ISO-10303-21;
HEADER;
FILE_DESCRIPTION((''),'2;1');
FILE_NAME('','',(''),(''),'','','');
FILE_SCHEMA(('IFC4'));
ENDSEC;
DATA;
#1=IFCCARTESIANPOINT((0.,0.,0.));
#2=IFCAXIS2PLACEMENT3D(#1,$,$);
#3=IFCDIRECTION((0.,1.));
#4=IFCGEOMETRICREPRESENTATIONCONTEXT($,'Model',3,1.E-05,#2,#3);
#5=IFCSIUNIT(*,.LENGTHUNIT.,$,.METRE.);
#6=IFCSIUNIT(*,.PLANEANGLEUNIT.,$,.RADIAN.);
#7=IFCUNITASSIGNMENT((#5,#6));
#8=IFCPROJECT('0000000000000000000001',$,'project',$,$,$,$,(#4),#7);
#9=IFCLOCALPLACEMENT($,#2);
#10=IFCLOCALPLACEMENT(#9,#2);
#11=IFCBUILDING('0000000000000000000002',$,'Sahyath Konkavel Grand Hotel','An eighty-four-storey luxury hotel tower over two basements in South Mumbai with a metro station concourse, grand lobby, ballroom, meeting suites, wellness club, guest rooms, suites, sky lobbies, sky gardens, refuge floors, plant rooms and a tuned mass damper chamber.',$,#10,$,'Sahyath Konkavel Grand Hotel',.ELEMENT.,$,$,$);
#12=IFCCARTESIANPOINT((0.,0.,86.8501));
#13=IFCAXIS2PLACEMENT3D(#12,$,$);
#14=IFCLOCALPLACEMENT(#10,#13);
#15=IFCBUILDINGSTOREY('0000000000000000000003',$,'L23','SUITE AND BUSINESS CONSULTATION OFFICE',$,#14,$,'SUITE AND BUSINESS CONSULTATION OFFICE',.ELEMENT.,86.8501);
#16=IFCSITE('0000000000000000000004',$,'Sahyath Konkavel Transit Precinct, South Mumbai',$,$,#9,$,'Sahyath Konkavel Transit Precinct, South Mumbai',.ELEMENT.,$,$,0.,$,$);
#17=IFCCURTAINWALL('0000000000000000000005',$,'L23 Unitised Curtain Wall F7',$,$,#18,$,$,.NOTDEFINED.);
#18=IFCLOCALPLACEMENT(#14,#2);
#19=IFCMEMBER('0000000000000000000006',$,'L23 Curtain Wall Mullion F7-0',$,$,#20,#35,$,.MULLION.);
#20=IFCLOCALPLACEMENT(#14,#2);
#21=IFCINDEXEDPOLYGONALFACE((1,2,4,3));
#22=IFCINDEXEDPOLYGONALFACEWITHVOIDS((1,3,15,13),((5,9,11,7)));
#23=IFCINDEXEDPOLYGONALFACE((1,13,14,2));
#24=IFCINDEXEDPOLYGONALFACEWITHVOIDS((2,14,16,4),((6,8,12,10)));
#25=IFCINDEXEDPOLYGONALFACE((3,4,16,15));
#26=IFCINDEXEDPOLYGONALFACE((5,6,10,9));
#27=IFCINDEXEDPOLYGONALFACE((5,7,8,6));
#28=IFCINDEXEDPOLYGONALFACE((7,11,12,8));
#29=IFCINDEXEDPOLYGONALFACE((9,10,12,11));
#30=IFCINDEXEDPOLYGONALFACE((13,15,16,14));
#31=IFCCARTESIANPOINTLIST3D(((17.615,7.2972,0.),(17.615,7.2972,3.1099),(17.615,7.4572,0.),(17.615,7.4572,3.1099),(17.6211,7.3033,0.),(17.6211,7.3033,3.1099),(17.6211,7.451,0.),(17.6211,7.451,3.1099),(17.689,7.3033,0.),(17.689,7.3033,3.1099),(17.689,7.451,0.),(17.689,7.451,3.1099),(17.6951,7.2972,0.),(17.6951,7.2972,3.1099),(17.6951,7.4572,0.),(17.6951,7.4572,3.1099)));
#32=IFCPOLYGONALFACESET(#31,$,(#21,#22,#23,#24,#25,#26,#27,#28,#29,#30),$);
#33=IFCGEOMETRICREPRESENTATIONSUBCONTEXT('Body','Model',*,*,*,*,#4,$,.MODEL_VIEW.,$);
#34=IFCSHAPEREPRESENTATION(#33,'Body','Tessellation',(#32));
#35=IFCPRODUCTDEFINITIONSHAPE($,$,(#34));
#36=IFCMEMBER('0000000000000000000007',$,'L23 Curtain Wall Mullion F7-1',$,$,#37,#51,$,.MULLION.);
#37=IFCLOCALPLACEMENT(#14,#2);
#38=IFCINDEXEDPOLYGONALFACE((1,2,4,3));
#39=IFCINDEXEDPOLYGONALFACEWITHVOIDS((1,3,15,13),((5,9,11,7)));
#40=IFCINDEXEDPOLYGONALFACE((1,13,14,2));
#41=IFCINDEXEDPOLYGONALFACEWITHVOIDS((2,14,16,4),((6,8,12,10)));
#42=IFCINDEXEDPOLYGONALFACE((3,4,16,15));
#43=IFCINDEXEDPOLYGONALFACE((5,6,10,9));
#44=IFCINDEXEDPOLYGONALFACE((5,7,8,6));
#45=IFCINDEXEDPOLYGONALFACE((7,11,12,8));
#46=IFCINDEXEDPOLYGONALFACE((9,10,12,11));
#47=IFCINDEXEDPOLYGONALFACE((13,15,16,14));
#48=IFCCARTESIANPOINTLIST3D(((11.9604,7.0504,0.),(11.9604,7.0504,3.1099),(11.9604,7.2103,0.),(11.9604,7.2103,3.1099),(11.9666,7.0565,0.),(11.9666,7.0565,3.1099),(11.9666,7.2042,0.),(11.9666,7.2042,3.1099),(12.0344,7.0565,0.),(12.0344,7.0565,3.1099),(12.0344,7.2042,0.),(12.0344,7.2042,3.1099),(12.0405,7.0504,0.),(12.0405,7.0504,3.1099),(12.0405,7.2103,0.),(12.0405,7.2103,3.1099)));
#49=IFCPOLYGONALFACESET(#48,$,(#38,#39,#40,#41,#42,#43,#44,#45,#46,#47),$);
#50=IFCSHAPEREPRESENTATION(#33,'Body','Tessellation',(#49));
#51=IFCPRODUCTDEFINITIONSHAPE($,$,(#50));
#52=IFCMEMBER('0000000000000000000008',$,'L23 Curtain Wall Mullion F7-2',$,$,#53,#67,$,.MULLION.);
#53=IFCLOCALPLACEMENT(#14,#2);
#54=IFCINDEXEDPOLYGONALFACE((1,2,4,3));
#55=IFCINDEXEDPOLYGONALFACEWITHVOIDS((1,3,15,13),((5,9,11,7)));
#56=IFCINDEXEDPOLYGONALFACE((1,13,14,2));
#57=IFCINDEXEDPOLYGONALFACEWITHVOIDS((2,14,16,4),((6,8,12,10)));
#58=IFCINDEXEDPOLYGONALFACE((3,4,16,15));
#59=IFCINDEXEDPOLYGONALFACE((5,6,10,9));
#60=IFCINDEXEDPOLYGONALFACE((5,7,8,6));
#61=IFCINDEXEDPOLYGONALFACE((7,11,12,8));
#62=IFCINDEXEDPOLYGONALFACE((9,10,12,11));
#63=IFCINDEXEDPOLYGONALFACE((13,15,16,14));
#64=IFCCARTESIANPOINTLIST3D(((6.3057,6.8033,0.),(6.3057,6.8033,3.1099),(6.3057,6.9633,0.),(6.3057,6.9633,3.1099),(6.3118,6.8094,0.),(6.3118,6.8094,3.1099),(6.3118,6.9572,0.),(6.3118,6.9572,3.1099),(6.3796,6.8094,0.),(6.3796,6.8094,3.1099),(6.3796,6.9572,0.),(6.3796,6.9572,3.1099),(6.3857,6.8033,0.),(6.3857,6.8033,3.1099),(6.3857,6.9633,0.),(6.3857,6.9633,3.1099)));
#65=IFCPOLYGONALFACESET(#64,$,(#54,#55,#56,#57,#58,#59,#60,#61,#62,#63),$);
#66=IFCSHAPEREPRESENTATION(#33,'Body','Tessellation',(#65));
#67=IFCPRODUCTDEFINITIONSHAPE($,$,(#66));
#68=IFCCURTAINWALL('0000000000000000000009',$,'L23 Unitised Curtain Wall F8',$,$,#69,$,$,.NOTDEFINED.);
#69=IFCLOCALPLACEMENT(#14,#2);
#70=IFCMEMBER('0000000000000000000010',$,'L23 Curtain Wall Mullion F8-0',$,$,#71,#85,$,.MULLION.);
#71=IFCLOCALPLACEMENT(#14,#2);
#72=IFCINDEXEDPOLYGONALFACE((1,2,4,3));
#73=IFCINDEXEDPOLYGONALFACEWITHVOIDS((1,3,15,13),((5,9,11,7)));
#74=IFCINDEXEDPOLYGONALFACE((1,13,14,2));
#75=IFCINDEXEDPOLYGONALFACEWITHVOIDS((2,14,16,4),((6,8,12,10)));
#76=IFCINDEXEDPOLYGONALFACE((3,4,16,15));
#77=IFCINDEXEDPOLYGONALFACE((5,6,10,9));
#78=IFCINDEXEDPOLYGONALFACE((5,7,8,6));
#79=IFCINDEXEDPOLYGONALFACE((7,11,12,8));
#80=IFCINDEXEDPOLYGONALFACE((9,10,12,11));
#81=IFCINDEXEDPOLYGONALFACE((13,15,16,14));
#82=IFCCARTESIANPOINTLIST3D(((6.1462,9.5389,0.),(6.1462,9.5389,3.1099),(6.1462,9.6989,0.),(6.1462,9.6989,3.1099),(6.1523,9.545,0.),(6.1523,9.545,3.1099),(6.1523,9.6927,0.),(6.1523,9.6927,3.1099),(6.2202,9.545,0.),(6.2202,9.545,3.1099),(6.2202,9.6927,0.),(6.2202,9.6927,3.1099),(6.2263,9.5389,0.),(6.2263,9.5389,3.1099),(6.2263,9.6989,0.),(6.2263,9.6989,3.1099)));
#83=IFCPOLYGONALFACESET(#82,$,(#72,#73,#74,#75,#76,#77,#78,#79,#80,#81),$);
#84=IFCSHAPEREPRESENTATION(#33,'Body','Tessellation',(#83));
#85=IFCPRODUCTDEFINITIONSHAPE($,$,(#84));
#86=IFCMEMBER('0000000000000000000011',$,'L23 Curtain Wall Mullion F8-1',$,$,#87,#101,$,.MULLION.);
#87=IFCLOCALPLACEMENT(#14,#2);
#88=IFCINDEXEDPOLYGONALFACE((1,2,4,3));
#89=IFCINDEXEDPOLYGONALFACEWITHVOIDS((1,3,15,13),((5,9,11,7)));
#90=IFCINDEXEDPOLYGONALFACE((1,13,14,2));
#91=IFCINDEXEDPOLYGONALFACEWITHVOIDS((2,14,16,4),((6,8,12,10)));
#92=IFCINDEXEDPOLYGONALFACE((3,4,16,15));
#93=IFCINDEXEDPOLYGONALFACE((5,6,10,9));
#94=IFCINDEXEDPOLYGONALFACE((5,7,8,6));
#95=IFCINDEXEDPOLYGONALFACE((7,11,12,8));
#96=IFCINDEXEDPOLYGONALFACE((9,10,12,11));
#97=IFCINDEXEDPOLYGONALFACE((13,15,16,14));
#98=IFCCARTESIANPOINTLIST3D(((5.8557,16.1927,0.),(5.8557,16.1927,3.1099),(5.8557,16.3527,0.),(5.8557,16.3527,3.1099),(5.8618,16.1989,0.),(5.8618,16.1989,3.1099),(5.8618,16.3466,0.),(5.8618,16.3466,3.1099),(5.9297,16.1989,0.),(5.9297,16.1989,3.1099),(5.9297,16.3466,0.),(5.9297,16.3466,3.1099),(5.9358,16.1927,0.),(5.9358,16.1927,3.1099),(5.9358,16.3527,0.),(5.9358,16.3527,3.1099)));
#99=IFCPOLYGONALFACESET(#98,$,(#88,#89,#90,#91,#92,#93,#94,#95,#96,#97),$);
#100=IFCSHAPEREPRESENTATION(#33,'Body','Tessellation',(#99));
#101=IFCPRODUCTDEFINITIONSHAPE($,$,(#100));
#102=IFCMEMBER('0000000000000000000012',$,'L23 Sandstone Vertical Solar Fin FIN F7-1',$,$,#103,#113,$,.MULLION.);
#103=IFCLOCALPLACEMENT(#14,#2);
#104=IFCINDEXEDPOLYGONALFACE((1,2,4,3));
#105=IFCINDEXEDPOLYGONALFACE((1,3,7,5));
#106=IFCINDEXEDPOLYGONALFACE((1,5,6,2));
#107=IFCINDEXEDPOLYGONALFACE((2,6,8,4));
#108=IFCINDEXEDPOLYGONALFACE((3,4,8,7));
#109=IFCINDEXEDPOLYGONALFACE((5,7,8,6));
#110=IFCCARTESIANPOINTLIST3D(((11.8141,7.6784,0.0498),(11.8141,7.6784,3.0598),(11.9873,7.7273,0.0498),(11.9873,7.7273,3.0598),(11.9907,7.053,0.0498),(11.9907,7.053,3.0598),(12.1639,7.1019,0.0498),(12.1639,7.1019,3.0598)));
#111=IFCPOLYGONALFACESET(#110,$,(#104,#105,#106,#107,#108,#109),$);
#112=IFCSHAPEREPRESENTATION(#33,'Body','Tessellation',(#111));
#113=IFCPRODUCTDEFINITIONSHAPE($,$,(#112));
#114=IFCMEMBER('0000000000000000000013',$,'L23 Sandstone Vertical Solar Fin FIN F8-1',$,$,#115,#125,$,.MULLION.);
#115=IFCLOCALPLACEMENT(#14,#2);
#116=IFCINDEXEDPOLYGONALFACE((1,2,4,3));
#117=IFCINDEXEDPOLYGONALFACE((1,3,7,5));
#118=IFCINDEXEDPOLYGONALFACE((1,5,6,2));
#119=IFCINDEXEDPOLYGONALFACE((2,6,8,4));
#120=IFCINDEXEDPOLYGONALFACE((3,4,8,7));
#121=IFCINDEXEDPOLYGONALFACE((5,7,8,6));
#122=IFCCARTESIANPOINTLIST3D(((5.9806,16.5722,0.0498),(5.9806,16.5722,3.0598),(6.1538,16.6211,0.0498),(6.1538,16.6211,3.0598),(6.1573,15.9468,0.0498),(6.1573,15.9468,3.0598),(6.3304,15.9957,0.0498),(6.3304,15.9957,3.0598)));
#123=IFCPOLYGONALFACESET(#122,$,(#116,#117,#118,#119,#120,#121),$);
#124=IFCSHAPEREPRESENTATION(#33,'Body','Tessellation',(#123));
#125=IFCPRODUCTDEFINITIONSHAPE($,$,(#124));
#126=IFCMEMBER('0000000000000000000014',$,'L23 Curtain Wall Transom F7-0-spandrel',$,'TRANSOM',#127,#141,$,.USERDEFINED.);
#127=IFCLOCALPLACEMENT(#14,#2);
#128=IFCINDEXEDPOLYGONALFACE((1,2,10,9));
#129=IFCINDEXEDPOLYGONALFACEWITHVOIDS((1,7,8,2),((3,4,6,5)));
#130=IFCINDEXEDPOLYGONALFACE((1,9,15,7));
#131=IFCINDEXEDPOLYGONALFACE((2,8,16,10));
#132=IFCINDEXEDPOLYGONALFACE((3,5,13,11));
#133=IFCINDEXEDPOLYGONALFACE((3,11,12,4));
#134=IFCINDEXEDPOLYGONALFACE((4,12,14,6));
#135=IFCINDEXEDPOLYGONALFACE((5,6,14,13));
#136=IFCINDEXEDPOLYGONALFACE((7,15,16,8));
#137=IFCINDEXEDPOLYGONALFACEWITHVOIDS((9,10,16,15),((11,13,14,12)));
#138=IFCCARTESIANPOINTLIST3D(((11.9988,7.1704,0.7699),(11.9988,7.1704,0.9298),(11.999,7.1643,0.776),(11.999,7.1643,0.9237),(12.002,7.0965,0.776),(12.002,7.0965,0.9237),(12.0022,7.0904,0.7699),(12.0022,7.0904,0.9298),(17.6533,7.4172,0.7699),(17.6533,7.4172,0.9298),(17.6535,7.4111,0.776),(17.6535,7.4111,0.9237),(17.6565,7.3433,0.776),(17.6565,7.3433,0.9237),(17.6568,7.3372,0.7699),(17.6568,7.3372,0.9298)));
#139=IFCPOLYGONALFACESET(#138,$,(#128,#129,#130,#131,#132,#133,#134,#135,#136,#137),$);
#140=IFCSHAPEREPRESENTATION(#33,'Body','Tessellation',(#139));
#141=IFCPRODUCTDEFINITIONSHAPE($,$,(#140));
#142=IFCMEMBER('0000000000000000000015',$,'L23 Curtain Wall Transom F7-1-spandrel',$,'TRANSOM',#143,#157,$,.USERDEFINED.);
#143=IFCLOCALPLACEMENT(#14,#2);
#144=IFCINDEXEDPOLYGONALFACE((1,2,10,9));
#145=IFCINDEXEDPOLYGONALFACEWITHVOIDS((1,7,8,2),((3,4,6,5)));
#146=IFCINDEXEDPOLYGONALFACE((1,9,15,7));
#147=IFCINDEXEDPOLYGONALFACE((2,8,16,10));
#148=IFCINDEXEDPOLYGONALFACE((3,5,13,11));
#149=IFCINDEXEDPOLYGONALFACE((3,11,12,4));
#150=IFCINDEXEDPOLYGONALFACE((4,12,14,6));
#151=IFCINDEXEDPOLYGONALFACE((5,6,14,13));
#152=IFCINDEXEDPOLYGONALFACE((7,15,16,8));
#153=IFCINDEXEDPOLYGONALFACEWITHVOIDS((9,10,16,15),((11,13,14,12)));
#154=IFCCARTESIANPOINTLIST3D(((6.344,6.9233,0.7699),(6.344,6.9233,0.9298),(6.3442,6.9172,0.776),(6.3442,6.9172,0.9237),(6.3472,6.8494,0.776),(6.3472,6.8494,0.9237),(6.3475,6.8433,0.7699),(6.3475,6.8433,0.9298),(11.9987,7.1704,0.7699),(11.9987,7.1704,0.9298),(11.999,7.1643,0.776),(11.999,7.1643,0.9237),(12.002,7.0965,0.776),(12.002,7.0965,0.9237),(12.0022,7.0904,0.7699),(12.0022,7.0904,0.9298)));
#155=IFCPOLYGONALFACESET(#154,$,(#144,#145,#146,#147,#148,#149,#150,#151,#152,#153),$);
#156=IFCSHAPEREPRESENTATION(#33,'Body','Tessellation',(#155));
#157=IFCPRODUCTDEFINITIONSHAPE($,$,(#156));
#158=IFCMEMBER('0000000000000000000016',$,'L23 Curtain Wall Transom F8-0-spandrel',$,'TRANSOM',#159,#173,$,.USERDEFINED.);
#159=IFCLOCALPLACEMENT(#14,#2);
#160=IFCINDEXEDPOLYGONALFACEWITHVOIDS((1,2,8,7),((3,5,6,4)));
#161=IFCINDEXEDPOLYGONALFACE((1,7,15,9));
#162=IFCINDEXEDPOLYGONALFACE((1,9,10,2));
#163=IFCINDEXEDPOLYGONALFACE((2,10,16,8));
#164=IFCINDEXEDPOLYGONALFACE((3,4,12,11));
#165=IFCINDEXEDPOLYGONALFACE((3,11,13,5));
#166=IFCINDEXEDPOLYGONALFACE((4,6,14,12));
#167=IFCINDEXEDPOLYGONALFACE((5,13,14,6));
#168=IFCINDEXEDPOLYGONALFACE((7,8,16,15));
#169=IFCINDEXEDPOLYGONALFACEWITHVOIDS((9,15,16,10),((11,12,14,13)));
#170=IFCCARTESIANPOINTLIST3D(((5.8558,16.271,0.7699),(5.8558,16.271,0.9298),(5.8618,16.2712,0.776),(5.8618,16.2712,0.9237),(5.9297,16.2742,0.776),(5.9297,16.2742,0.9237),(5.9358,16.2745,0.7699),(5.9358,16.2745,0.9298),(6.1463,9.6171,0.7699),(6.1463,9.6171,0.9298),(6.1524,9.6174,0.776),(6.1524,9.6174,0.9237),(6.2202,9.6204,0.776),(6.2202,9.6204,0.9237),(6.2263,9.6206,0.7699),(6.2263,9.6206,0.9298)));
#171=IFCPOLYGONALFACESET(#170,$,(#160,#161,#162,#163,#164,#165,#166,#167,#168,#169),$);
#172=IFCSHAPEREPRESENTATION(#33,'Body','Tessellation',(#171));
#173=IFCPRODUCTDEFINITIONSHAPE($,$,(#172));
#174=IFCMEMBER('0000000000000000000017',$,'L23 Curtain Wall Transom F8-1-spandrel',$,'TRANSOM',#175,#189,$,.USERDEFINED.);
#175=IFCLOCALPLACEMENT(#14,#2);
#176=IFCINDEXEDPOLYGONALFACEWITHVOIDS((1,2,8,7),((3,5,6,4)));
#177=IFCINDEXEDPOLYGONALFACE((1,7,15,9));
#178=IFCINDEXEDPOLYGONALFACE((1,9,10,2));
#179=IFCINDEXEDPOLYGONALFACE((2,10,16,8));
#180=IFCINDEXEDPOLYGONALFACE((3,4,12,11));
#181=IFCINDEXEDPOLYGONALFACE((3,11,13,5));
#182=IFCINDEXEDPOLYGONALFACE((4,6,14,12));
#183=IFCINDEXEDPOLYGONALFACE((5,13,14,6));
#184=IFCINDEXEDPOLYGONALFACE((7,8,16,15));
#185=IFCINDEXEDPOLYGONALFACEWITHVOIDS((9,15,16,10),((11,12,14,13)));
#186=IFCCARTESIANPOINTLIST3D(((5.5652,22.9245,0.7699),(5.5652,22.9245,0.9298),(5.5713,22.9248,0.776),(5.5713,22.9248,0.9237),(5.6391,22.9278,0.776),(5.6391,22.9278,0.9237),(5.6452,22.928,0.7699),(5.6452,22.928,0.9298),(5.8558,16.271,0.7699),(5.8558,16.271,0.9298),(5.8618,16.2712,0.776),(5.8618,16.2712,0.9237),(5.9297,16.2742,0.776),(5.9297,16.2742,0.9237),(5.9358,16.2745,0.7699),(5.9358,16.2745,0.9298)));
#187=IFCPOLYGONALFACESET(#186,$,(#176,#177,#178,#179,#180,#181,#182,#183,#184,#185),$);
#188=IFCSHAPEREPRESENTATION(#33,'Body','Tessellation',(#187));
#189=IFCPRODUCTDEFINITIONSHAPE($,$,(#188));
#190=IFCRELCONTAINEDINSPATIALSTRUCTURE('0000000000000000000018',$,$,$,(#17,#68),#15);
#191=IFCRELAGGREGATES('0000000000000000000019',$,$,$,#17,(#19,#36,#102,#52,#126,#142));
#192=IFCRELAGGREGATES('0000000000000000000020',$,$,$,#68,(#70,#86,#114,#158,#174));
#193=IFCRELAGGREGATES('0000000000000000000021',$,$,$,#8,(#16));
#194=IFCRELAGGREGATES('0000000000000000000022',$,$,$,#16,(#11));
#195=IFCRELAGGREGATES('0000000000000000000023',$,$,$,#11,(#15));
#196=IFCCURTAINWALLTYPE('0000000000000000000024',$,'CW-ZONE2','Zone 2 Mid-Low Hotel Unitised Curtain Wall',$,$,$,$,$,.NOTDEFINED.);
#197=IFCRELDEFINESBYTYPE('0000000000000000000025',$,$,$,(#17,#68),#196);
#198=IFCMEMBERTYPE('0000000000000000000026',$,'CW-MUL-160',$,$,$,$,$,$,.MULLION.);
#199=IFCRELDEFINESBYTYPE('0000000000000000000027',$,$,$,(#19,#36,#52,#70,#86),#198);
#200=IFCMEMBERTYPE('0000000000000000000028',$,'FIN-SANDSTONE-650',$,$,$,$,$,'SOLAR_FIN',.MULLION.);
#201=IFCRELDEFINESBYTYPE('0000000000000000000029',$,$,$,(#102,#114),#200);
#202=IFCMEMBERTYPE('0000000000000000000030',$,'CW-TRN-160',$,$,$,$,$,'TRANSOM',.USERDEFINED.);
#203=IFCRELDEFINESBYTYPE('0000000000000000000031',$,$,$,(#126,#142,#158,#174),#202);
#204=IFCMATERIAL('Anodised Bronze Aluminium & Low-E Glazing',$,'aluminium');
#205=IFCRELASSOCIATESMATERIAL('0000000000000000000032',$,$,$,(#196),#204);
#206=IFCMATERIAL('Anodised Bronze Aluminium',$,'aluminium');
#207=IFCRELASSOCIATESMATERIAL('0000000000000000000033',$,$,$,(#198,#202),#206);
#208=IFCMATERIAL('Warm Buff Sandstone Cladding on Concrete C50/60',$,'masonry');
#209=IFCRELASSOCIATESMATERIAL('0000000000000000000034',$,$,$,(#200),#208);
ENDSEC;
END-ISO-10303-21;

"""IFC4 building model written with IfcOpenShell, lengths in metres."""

from ifc_helpers import new_model, si_unit, direction, frame, origin, origin_2d, place, context, subcontext, project, spatial, rectangle, hollow_rectangle, extrude, source, transform, mapped, material, material_profile, profile_set, type_object, element, aggregate, save


model = new_model("IFC4")

# Units and contexts
model_context = context("Model", 3, precision=1e-05, world=origin(), true_north=direction((0.0, 1.0)))
body_context = subcontext(model_context, "Body", "Model", "MODEL_VIEW")
ifc_project = project(units=[si_unit("LENGTHUNIT", "METRE"), si_unit("PLANEANGLEUNIT", "RADIAN")], contexts=[model_context])

# Site, building, storey
site_placement = place(None, origin())
site = spatial("IfcSite", under=ifc_project, at=site_placement, Name="Sahyath Konkavel Transit Precinct, South Mumbai", LongName="Sahyath Konkavel Transit Precinct, South Mumbai", CompositionType="ELEMENT", RefElevation=0.0)
building_placement = place(site_placement, origin())
building = spatial("IfcBuilding", under=site, at=building_placement, Name="Sahyath Konkavel Grand Hotel", Description="An eighty-four-storey luxury hotel tower over two basements in South Mumbai with a metro station concourse, grand lobby, ballroom, meeting suites, wellness club, guest rooms, suites, sky lobbies, sky gardens, refuge floors, plant rooms and a tuned mass damper chamber.", LongName="Sahyath Konkavel Grand Hotel", CompositionType="ELEMENT")
storey_placement = place(building_placement, frame((0.0, 0.0, 86.8501)))
storey = spatial("IfcBuildingStorey", under=building, at=storey_placement, Name="L23", Description="SUITE AND BUSINESS CONSULTATION OFFICE", LongName="SUITE AND BUSINESS CONSULTATION OFFICE", CompositionType="ELEMENT", Elevation=86.8501)

# Curtain walls, members
ifc_material_1 = material(Name="Anodised Bronze Aluminium & Low-E Glazing", Category="aluminium")
curtain_wall_type = type_object("IfcCurtainWallType", Name="CW-ZONE2", Description="Zone 2 Mid-Low Hotel Unitised Curtain Wall", PredefinedType="NOTDEFINED", material=ifc_material_1)
curtain_wall_1_placement = place(storey_placement, origin())
curtain_wall_1 = element("IfcCurtainWall", 1, at=curtain_wall_1_placement, inside=storey, type_object=curtain_wall_type, Name="L23 Unitised Curtain Wall F7", PredefinedType="NOTDEFINED")
ifc_material_2 = material(Name="Anodised Bronze Aluminium", Category="aluminium")
ifc_material_profile_1 = material_profile(ifc_material_2, hollow_rectangle(XDim=0.0801, YDim=0.1599, WallThickness=0.0061, at=origin_2d()), Name="RHS 160x80x6")
ifc_profile_set_1 = profile_set([ifc_material_profile_1], Name="Anodised Bronze Aluminium")
member_type_1 = type_object("IfcMemberType", Name="CW-MUL-160", PredefinedType="MULLION", material=ifc_profile_set_1)
shared_shape_1 = source(origin(), body_context, "Body", "SweptSolid", [
    extrude(hollow_rectangle(XDim=0.0801, YDim=0.1599, WallThickness=0.0061, at=origin_2d()), origin(), (0.0, 0.0, 1.0), 3.1099),
])
member_1_placement = place(storey_placement, frame((17.655, 7.3772, 0.0), z_axis=(0.0, 0.0, 1.0), x_axis=(1.0, 0.0, 0.0)))
member_1 = element("IfcMember", 2, at=member_1_placement, type_object=member_type_1, Name="L23 Curtain Wall Mullion F7-0", PredefinedType="MULLION", context=body_context, shape_type="MappedRepresentation", body=[
    mapped(shared_shape_1, transform((0.0, 0.0, 0.0), scale=1.0)),
])
member_2_placement = place(storey_placement, frame((12.0005, 7.1304, 0.0), z_axis=(0.0, 0.0, 1.0), x_axis=(1.0, 0.0, 0.0)))
member_2 = element("IfcMember", 3, at=member_2_placement, type_object=member_type_1, Name="L23 Curtain Wall Mullion F7-1", PredefinedType="MULLION", context=body_context, shape_type="MappedRepresentation", body=[
    mapped(shared_shape_1, transform((0.0, 0.0, 0.0), scale=1.0)),
])
member_3_placement = place(storey_placement, frame((6.3457, 6.8833, 0.0), z_axis=(0.0, 0.0, 1.0), x_axis=(1.0, 0.0, 0.0)))
member_3 = element("IfcMember", 4, at=member_3_placement, type_object=member_type_1, Name="L23 Curtain Wall Mullion F7-2", PredefinedType="MULLION", context=body_context, shape_type="MappedRepresentation", body=[
    mapped(shared_shape_1, transform((0.0, 0.0, 0.0), scale=1.0)),
])
curtain_wall_2_placement = place(storey_placement, origin())
curtain_wall_2 = element("IfcCurtainWall", 5, at=curtain_wall_2_placement, inside=storey, type_object=curtain_wall_type, Name="L23 Unitised Curtain Wall F8", PredefinedType="NOTDEFINED")
member_4_placement = place(storey_placement, frame((6.1863, 9.6189, 0.0), z_axis=(0.0, 0.0, 1.0), x_axis=(1.0, 0.0, 0.0)))
member_4 = element("IfcMember", 6, at=member_4_placement, type_object=member_type_1, Name="L23 Curtain Wall Mullion F8-0", PredefinedType="MULLION", context=body_context, shape_type="MappedRepresentation", body=[
    mapped(shared_shape_1, transform((0.0, 0.0, 0.0), scale=1.0)),
])
member_5_placement = place(storey_placement, frame((5.8958, 16.2727, 0.0), z_axis=(0.0, 0.0, 1.0), x_axis=(1.0, 0.0, 0.0)))
member_5 = element("IfcMember", 7, at=member_5_placement, type_object=member_type_1, Name="L23 Curtain Wall Mullion F8-1", PredefinedType="MULLION", context=body_context, shape_type="MappedRepresentation", body=[
    mapped(shared_shape_1, transform((0.0, 0.0, 0.0), scale=1.0)),
])

# Members
ifc_material_3 = material(Name="Warm Buff Sandstone Cladding on Concrete C50/60", Category="masonry")
ifc_material_profile_2 = material_profile(ifc_material_3, rectangle(XDim=0.1799, YDim=0.6499, at=origin_2d()), Name="FIN 180x650")
ifc_profile_set_2 = profile_set([ifc_material_profile_2], Name="Warm Buff Sandstone Cladding on Concrete C50/60")
member_type_2 = type_object("IfcMemberType", Name="FIN-SANDSTONE-650", ElementType="SOLAR_FIN", PredefinedType="MULLION", material=ifc_profile_set_2)
shared_shape_2 = source(origin(), body_context, "Body", "SweptSolid", [
    extrude(rectangle(XDim=0.1799, YDim=0.6499, at=origin_2d()), origin(), (0.0, 0.0, 1.0), 3.01),
])
member_6_placement = place(storey_placement, frame((11.989, 7.3901, 0.0498), z_axis=(0.0, 0.0, 1.0), x_axis=(0.96236, 0.271776, 0.0)))
member_6 = element("IfcMember", 8, at=member_6_placement, type_object=member_type_2, Name="L23 Sandstone Vertical Solar Fin FIN F7-1", PredefinedType="MULLION", context=body_context, shape_type="MappedRepresentation", body=[
    mapped(shared_shape_2, transform((0.0, 0.0, 0.0), scale=1.0)),
])
member_7_placement = place(storey_placement, frame((6.1555, 16.2839, 0.0498), z_axis=(0.0, 0.0, 1.0), x_axis=(0.96236, 0.271776, 0.0)))
member_7 = element("IfcMember", 9, at=member_7_placement, type_object=member_type_2, Name="L23 Sandstone Vertical Solar Fin FIN F8-1", PredefinedType="MULLION", context=body_context, shape_type="MappedRepresentation", body=[
    mapped(shared_shape_2, transform((0.0, 0.0, 0.0), scale=1.0)),
])
ifc_material_profile_3 = material_profile(ifc_material_2, hollow_rectangle(XDim=0.0801, YDim=0.1599, WallThickness=0.0061, at=origin_2d()), Name="RHS 160x80x6")
ifc_profile_set_3 = profile_set([ifc_material_profile_3], Name="Anodised Bronze Aluminium")
member_type_3 = type_object("IfcMemberType", Name="CW-TRN-160", ElementType="TRANSOM", PredefinedType="USERDEFINED", material=ifc_profile_set_3)
shared_shape_3 = source(origin(), body_context, "Body", "SweptSolid", [
    extrude(hollow_rectangle(XDim=0.0801, YDim=0.1599, WallThickness=0.0061, at=origin_2d()), origin(), (0.0, 0.0, 1.0), 5.6599),
])
member_8_placement = place(storey_placement, frame((17.655, 7.3772, 0.8499), z_axis=(-0.999049, -0.043609, 0.0), x_axis=(0.043609, -0.999049, 0.0)))
member_8 = element("IfcMember", 10, at=member_8_placement, type_object=member_type_3, Name="L23 Curtain Wall Transom F7-0-spandrel", ObjectType="TRANSOM", PredefinedType="USERDEFINED", context=body_context, shape_type="MappedRepresentation", body=[
    mapped(shared_shape_3, transform((0.0, 0.0, 0.0), scale=1.0)),
])
shared_shape_4 = source(origin(), body_context, "Body", "SweptSolid", [
    extrude(hollow_rectangle(XDim=0.0801, YDim=0.1599, WallThickness=0.0061, at=origin_2d()), origin(), (0.0, 0.0, 1.0), 5.6602),
])
member_9_placement = place(storey_placement, frame((12.0005, 7.1304, 0.8499), z_axis=(-0.999047, -0.043651, 0.0), x_axis=(0.043651, -0.999047, 0.0)))
member_9 = element("IfcMember", 11, at=member_9_placement, type_object=member_type_3, Name="L23 Curtain Wall Transom F7-1-spandrel", ObjectType="TRANSOM", PredefinedType="USERDEFINED", context=body_context, shape_type="MappedRepresentation", body=[
    mapped(shared_shape_4, transform((0.0, 0.0, 0.0), scale=1.0)),
])
shared_shape_5 = source(origin(), body_context, "Body", "SweptSolid", [
    extrude(hollow_rectangle(XDim=0.0801, YDim=0.1599, WallThickness=0.0061, at=origin_2d()), origin(), (0.0, 0.0, 1.0), 6.6602),
])
member_10_placement = place(storey_placement, frame((6.1863, 9.6189, 0.8499), z_axis=(-0.043622, 0.999048, 0.0), x_axis=(-0.999048, -0.043622, 0.0)))
member_10 = element("IfcMember", 12, at=member_10_placement, type_object=member_type_3, Name="L23 Curtain Wall Transom F8-0-spandrel", ObjectType="TRANSOM", PredefinedType="USERDEFINED", context=body_context, shape_type="MappedRepresentation", body=[
    mapped(shared_shape_5, transform((0.0, 0.0, 0.0), scale=1.0)),
])
shared_shape_6 = source(origin(), body_context, "Body", "SweptSolid", [
    extrude(hollow_rectangle(XDim=0.0801, YDim=0.1599, WallThickness=0.0061, at=origin_2d()), origin(), (0.0, 0.0, 1.0), 6.6599),
])
member_11_placement = place(storey_placement, frame((5.8958, 16.2727, 0.8499), z_axis=(-0.043623, 0.999048, 0.0), x_axis=(-0.999048, -0.043623, 0.0)))
member_11 = element("IfcMember", 13, at=member_11_placement, type_object=member_type_3, Name="L23 Curtain Wall Transom F8-1-spandrel", ObjectType="TRANSOM", PredefinedType="USERDEFINED", context=body_context, shape_type="MappedRepresentation", body=[
    mapped(shared_shape_6, transform((0.0, 0.0, 0.0), scale=1.0)),
])

aggregate(curtain_wall_1, [member_1, member_2, member_6, member_3, member_8, member_9])
aggregate(curtain_wall_2, [member_4, member_5, member_7, member_10, member_11])

save(model, "model.ifc")
